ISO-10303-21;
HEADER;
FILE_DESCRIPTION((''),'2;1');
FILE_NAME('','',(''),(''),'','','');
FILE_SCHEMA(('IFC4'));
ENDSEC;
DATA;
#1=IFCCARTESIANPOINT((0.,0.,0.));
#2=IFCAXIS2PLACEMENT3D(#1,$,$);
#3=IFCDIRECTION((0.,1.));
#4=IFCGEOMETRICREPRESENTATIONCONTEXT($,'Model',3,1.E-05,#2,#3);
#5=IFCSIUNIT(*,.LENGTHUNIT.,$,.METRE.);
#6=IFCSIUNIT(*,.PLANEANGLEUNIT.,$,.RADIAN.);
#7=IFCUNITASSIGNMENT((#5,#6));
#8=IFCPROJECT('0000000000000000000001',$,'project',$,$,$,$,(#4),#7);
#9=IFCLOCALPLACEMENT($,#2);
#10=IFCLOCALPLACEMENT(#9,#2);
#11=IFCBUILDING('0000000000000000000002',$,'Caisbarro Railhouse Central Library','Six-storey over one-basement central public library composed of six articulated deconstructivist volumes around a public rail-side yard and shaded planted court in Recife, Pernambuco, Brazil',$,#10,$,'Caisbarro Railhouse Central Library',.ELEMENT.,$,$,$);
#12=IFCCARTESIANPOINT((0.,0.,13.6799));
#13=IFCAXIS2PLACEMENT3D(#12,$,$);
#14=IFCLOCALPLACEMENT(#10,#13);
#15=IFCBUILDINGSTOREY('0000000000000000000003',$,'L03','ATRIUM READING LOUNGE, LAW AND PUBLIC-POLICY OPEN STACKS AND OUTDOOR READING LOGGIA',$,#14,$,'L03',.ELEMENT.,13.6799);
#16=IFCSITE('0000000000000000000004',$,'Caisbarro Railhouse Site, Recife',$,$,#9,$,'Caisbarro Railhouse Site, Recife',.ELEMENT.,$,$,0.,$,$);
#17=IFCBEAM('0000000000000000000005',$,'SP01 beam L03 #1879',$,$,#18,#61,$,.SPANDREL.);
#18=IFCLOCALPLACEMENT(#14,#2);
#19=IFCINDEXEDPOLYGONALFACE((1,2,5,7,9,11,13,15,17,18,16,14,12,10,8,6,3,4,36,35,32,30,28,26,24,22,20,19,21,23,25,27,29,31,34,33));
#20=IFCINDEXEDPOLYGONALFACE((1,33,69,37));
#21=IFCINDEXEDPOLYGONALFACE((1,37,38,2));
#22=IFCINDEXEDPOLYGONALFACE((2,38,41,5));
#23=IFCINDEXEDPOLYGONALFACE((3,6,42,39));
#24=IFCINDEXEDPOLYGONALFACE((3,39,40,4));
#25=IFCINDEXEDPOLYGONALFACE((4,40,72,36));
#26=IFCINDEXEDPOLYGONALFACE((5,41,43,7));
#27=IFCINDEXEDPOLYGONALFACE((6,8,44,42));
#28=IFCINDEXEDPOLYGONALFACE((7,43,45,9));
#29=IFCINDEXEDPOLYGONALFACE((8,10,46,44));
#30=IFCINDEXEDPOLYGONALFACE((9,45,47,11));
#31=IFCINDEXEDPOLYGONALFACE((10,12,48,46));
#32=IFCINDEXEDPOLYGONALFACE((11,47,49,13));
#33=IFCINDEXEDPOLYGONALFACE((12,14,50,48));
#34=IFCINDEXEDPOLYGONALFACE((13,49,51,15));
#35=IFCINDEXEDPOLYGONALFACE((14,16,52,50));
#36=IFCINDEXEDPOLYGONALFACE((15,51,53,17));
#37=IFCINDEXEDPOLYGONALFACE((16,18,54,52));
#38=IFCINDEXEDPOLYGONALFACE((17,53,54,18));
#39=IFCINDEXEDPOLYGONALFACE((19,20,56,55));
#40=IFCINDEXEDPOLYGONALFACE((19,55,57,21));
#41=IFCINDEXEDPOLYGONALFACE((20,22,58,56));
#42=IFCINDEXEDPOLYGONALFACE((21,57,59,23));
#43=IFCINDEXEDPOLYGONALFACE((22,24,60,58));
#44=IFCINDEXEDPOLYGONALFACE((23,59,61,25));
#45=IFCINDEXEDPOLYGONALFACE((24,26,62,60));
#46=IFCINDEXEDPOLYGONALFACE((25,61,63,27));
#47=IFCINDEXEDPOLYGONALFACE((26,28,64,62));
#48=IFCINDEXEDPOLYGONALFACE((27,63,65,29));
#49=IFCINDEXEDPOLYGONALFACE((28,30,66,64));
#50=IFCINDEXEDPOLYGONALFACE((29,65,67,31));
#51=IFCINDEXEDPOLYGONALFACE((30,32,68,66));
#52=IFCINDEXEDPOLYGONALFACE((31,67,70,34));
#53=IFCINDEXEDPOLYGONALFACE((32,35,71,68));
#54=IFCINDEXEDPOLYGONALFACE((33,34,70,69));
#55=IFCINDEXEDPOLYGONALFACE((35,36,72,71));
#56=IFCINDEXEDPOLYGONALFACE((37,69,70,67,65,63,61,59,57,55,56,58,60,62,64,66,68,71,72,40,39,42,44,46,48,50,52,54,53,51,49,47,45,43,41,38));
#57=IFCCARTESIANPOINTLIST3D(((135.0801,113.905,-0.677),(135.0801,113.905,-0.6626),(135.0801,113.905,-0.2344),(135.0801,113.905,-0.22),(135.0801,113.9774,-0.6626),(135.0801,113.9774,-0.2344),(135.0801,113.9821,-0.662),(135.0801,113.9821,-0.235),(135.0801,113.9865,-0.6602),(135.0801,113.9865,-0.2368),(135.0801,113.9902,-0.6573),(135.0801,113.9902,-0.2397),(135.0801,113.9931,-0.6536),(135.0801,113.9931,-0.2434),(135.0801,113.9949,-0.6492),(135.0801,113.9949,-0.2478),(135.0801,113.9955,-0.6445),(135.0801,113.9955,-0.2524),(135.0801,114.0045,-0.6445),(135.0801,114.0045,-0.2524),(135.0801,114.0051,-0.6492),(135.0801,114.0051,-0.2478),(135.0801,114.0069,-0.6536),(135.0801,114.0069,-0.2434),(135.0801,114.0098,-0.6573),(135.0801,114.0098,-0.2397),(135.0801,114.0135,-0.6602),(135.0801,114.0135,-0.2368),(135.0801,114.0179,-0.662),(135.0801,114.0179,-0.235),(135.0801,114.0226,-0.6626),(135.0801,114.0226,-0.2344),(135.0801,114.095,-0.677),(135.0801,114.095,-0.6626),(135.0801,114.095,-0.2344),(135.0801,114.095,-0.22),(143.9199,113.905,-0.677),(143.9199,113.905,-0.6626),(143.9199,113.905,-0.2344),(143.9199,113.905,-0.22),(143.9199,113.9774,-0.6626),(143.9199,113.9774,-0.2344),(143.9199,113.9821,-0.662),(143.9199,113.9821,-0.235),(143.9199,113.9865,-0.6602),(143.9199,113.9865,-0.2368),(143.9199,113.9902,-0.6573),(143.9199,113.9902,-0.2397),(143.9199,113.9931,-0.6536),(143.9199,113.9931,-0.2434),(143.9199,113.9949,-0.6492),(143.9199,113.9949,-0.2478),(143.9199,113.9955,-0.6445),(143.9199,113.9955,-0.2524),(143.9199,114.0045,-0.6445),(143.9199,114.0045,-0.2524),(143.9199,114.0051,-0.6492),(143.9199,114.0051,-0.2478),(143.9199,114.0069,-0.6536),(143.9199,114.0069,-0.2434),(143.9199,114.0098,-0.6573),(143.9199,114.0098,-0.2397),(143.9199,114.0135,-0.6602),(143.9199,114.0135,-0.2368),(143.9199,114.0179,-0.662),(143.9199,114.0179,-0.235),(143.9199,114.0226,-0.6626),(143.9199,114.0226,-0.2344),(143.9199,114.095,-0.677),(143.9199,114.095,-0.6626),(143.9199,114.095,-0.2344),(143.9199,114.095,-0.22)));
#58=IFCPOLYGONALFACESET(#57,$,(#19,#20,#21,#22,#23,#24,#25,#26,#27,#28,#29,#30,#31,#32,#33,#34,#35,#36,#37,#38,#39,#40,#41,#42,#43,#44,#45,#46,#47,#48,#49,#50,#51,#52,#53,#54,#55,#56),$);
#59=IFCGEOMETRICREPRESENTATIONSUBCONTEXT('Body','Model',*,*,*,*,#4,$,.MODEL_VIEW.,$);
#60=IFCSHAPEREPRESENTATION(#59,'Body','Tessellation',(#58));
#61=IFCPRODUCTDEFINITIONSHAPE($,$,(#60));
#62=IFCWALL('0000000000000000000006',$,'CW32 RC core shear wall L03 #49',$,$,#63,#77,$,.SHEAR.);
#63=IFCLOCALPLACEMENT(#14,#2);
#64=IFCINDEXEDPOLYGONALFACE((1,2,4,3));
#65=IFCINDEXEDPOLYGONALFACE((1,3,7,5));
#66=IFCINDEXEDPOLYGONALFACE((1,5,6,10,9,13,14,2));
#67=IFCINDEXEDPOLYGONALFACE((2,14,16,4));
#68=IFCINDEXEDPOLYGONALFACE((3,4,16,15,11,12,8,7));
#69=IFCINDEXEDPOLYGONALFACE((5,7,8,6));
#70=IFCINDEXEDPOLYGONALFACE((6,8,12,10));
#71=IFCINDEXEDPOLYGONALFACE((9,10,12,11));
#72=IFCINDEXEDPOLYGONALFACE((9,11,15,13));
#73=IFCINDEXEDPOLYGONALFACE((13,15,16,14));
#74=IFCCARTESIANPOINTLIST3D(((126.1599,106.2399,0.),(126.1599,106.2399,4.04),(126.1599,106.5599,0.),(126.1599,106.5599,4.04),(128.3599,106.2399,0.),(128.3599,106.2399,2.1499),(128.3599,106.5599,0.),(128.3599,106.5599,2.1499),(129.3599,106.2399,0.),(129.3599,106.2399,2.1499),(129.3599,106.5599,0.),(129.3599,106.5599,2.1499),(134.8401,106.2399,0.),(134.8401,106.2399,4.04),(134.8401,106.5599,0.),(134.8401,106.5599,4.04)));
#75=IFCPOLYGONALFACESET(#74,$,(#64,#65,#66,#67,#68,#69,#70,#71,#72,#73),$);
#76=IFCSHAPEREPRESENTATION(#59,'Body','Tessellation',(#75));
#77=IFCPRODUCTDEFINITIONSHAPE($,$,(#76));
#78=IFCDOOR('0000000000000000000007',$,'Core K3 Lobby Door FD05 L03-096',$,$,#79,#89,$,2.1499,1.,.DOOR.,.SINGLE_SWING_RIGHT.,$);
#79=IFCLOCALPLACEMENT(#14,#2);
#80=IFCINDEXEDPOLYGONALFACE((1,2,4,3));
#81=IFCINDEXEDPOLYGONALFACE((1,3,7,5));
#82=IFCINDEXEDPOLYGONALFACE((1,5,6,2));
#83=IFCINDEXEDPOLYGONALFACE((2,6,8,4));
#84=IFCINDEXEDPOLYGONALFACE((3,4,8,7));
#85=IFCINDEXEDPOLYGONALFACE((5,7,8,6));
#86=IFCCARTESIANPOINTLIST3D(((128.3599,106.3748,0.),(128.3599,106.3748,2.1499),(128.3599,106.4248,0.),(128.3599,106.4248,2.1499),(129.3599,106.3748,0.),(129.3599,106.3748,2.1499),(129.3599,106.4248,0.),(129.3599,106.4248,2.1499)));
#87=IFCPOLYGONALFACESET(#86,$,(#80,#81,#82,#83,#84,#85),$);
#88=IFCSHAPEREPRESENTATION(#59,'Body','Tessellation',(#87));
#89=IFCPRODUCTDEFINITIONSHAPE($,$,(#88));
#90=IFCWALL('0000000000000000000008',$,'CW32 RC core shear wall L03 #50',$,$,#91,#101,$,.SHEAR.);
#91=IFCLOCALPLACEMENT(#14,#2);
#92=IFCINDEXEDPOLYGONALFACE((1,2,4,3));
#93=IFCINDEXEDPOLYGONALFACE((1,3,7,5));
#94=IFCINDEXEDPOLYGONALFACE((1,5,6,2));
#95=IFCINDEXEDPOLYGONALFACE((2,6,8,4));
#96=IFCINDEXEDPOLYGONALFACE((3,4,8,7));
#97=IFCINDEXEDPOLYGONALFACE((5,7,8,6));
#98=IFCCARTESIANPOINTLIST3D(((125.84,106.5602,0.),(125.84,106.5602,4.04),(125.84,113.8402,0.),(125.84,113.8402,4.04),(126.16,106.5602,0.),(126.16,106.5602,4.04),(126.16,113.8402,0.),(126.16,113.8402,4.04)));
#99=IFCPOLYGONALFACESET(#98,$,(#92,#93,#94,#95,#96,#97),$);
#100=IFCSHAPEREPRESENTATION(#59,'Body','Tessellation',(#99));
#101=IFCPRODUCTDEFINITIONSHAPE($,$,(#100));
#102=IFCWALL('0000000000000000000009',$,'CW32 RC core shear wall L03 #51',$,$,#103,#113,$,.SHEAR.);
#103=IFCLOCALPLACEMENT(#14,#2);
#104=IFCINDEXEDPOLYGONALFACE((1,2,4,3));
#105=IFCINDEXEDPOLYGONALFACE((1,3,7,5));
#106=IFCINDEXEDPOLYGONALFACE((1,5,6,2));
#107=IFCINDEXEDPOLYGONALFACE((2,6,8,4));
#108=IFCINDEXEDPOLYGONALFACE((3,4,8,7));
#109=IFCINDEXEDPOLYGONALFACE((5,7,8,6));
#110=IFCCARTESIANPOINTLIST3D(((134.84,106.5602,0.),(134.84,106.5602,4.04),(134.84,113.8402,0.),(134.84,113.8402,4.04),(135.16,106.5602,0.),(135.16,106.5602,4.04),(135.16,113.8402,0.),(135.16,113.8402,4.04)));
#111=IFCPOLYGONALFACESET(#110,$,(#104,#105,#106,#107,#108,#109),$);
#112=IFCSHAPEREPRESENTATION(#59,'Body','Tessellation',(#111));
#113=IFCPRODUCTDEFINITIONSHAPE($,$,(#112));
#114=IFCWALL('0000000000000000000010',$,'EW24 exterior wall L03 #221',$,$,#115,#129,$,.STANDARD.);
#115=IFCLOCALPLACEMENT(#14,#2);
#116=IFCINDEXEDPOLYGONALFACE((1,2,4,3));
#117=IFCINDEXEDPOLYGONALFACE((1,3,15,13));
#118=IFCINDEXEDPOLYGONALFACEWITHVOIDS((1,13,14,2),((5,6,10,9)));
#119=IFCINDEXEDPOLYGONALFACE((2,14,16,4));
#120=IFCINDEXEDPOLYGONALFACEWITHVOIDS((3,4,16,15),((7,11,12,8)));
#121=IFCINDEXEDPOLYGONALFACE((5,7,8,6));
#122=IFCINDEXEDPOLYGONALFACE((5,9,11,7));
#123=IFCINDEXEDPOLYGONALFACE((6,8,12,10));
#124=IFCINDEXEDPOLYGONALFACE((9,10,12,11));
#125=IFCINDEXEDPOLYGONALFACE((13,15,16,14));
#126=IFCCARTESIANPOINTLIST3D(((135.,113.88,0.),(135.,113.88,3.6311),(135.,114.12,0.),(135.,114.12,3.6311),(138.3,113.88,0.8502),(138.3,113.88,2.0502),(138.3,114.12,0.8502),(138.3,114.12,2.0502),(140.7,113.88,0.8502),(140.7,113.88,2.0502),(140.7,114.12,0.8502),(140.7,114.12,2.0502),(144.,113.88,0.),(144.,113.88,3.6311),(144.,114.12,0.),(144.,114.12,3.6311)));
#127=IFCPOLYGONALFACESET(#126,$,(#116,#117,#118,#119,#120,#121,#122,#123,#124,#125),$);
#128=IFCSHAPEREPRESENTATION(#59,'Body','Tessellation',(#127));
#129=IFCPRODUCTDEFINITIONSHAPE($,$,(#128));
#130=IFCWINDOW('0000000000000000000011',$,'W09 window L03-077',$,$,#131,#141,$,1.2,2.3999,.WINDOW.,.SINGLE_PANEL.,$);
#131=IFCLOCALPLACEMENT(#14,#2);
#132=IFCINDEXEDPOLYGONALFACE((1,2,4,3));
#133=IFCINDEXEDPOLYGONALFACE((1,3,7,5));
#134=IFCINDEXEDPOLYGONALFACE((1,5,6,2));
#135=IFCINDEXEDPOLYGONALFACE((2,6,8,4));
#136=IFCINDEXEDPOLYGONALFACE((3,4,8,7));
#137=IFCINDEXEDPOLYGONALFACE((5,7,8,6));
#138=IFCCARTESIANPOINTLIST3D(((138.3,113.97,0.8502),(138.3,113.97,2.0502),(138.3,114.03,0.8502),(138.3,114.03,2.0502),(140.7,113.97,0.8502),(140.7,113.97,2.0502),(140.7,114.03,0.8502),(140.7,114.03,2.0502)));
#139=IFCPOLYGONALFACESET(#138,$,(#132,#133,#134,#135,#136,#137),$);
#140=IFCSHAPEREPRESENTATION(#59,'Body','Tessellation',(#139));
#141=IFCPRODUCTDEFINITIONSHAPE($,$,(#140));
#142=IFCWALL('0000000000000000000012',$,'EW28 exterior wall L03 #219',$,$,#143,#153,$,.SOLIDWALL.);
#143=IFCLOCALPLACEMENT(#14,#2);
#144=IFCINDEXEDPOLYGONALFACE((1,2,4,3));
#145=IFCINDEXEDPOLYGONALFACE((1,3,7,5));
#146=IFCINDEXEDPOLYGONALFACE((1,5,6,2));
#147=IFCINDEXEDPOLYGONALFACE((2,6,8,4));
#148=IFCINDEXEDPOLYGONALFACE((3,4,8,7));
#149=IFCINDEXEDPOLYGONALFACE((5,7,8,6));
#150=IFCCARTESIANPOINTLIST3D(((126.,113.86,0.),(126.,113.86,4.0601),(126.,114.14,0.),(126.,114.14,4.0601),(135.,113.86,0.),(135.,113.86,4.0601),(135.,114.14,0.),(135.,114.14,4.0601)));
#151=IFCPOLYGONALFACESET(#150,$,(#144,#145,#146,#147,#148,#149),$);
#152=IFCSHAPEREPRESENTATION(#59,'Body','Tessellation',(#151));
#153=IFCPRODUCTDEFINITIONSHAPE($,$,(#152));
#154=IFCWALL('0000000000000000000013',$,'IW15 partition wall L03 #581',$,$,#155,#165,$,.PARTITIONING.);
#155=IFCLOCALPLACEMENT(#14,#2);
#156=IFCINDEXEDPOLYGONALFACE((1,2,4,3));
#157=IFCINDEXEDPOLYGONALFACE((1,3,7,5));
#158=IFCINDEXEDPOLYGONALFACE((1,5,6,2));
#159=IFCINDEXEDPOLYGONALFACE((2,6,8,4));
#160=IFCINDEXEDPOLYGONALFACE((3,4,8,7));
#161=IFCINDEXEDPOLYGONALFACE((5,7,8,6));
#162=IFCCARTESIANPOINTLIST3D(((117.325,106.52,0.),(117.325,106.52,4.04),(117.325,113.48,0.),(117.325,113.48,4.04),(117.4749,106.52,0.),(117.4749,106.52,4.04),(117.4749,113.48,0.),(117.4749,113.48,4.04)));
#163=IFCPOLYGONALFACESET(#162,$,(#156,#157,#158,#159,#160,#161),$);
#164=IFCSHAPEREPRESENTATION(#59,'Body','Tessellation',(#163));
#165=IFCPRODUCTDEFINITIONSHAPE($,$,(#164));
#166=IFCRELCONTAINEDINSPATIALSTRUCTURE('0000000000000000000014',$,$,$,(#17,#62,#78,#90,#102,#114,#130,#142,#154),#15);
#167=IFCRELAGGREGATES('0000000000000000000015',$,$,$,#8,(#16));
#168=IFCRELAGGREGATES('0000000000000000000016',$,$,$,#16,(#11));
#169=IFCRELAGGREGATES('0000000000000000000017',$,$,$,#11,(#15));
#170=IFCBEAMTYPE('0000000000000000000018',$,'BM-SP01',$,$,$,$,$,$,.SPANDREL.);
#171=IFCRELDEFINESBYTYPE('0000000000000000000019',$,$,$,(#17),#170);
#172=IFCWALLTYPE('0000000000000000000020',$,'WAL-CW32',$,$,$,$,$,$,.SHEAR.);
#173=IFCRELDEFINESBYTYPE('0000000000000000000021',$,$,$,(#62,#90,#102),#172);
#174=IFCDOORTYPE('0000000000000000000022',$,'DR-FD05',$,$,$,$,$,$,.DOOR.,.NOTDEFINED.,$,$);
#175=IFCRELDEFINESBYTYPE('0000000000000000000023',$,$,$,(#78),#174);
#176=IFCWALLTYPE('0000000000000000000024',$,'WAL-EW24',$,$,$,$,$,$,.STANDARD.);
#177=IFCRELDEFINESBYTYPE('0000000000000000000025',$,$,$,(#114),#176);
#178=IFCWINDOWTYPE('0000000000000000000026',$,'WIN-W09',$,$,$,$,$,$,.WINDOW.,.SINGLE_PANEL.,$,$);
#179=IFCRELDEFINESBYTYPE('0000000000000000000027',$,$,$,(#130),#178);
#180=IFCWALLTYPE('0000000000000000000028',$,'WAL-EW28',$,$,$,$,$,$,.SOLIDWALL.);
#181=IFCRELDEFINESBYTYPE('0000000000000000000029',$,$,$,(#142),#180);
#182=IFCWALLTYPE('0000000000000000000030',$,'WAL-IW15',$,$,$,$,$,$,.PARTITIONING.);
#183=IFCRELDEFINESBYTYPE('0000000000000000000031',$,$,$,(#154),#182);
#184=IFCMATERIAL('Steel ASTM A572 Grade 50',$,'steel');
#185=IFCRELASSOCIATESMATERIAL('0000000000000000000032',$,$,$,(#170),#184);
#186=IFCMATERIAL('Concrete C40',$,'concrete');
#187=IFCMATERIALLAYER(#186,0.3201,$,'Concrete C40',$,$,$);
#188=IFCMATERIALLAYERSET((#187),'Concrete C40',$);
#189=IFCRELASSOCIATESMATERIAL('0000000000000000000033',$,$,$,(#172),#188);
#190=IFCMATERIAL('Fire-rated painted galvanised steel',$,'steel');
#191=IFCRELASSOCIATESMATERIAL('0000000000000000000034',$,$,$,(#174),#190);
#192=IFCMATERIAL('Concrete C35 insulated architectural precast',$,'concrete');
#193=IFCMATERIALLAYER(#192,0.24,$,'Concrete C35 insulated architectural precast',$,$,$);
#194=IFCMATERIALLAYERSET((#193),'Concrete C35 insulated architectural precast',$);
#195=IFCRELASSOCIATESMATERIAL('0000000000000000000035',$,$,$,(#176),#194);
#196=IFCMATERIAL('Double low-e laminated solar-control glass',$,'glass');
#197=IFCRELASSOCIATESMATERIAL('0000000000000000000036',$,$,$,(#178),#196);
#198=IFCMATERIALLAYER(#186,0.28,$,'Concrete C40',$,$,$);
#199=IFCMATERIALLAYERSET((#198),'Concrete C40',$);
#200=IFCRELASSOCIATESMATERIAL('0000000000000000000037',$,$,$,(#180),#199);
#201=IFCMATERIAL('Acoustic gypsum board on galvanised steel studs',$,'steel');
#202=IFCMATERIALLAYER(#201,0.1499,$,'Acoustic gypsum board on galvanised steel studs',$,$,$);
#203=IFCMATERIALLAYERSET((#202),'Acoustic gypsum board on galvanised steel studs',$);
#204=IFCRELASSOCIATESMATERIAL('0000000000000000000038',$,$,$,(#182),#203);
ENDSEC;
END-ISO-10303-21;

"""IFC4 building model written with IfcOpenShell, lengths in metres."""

from ifc_helpers import new_model, si_unit, direction, frame, frame_2d, origin, origin_2d, place, context, subcontext, project, spatial, rectangle, i_section, extrude, material, layer, layer_set, material_profile, profile_set, type_object, element, fill, save


model = new_model("IFC4")

# Units and contexts
model_context = context("Model", 3, precision=1e-05, world=origin(), true_north=direction((0.0, 1.0)))
body_context = subcontext(model_context, "Body", "Model", "MODEL_VIEW")
ifc_project = project(units=[si_unit("LENGTHUNIT", "METRE"), si_unit("PLANEANGLEUNIT", "RADIAN")], contexts=[model_context])

# Site, building, storey
site_placement = place(None, origin())
site = spatial("IfcSite", under=ifc_project, at=site_placement, Name="Caisbarro Railhouse Site, Recife", LongName="Caisbarro Railhouse Site, Recife", CompositionType="ELEMENT", RefElevation=0.0)
building_placement = place(site_placement, origin())
building = spatial("IfcBuilding", under=site, at=building_placement, Name="Caisbarro Railhouse Central Library", Description="Six-storey over one-basement central public library composed of six articulated deconstructivist volumes around a public rail-side yard and shaded planted court in Recife, Pernambuco, Brazil", LongName="Caisbarro Railhouse Central Library", CompositionType="ELEMENT")
storey_placement = place(building_placement, frame((0.0, 0.0, 13.6799)))
storey = spatial("IfcBuildingStorey", under=building, at=storey_placement, Name="L03", Description="ATRIUM READING LOUNGE, LAW AND PUBLIC-POLICY OPEN STACKS AND OUTDOOR READING LOGGIA", LongName="L03", CompositionType="ELEMENT", Elevation=13.6799)

# Shared definitions
ifc_material_1 = material(Name="Steel ASTM A572 Grade 50", Category="steel")

# Beam
ifc_material_profile_1 = material_profile(ifc_material_1, i_section(OverallWidth=0.1899, OverallDepth=0.457, WebThickness=0.009, FlangeThickness=0.0144, FilletRadius=0.0181, at=origin_2d()), Name="W460X74.0")
ifc_profile_set_1 = profile_set([ifc_material_profile_1], Name="Steel ASTM A572 Grade 50")
beam_type_1 = type_object("IfcBeamType", Name="BM-SP01", PredefinedType="SPANDREL", material=ifc_profile_set_1)
for number, where, z_axis, x_axis, name in (
    (1, (135.0801, 114.0, -0.4485), (1.0, 0.0, 0.0), (0.0, 1.0, 0.0), "SP01 beam L03 #1879"),
):
    element("IfcBeam", number, at=place(storey_placement, frame(where, z_axis=z_axis, x_axis=x_axis)), inside=storey, type_object=beam_type_1, Name=name, PredefinedType="SPANDREL", context=body_context, shape_type="SweptSolid", body=[
        extrude(i_section(OverallWidth=0.1899, OverallDepth=0.457, WebThickness=0.009, FlangeThickness=0.0144, FilletRadius=0.0181, at=origin_2d()), origin(), (0.0, 0.0, 1.0), 8.8398),
    ])

# Wall, opening, door
ifc_material_2 = material(Name="Concrete C40", Category="concrete")
ifc_layer_1 = layer(ifc_material_2, 0.3201, Name="Concrete C40")
ifc_layer_set_1 = layer_set([ifc_layer_1], Name="Concrete C40")
wall_type_1 = type_object("IfcWallType", Name="WAL-CW32", PredefinedType="SHEAR", material=ifc_layer_set_1)
wall_1_placement = place(storey_placement, frame((126.1599, 106.3999, 0.0), z_axis=(0.0, 0.0, 1.0), x_axis=(1.0, 0.0, 0.0)))
wall_1 = element("IfcWall", 2, at=wall_1_placement, inside=storey, type_object=wall_type_1, Name="CW32 RC core shear wall L03 #49", PredefinedType="SHEAR", context=body_context, shape_type="SweptSolid", body=[
    extrude(rectangle(XDim=8.6802, YDim=0.3201, at=frame_2d((4.3401, 0.0))), origin(), (0.0, 0.0, 1.0), 4.04),
])
opening_1_placement = place(wall_1_placement, frame((2.2, 0.0, 0.0)))
opening_1 = element("IfcOpeningElement", 3, at=opening_1_placement, cuts=wall_1, PredefinedType="OPENING", context=body_context, shape_type="SweptSolid", body=[
    extrude(rectangle(XDim=1.0, YDim=2.1499, at=frame_2d((0.5, 1.075))), frame((0.0, 0.1699, 0.0), z_axis=(0.0, -1.0, 0.0), x_axis=(1.0, 0.0, 0.0)), (0.0, 0.0, 1.0), 0.3401),
])
ifc_material_3 = material(Name="Fire-rated painted galvanised steel", Category="steel")
door_type_1 = type_object("IfcDoorType", Name="DR-FD05", OperationType="NOTDEFINED", PredefinedType="DOOR", material=ifc_material_3)
door_1_placement = place(opening_1_placement, origin())
door_1 = element("IfcDoor", 4, at=door_1_placement, inside=storey, type_object=door_type_1, Name="Core K3 Lobby Door FD05 L03-096", OperationType="SINGLE_SWING_RIGHT", OverallHeight=2.1499, OverallWidth=1.0, PredefinedType="DOOR", context=body_context, shape_type="SweptSolid", body=[
    extrude(rectangle(XDim=1.0, YDim=2.1499, at=frame_2d((0.5, 1.075))), frame((0.0, 0.0249, 0.0), z_axis=(0.0, -1.0, 0.0), x_axis=(1.0, 0.0, 0.0)), (0.0, 0.0, 1.0), 0.05),
])
fill(opening_1, door_1)

# Walls
for number, where, z_axis, x_axis, name in (
    (5, (126.0, 106.5601, 0.0), (0.0, 0.0, 1.0), (0.0, 1.0, 0.0), "CW32 RC core shear wall L03 #50"),
    (6, (135.0, 106.5601, 0.0), (0.0, 0.0, 1.0), (0.0, 1.0, 0.0), "CW32 RC core shear wall L03 #51"),
):
    element("IfcWall", number, at=place(storey_placement, frame(where, z_axis=z_axis, x_axis=x_axis)), inside=storey, type_object=wall_type_1, Name=name, PredefinedType="SHEAR", context=body_context, shape_type="SweptSolid", body=[
        extrude(rectangle(XDim=7.28, YDim=0.3201, at=frame_2d((3.6401, 0.0))), origin(), (0.0, 0.0, 1.0), 4.04),
    ])

# Wall, opening, window
ifc_material_4 = material(Name="Concrete C35 insulated architectural precast", Category="concrete")
ifc_layer_2 = layer(ifc_material_4, 0.24, Name="Concrete C35 insulated architectural precast")
ifc_layer_set_2 = layer_set([ifc_layer_2], Name="Concrete C35 insulated architectural precast")
wall_type_2 = type_object("IfcWallType", Name="WAL-EW24", PredefinedType="STANDARD", material=ifc_layer_set_2)
wall_2_placement = place(storey_placement, frame((135.0, 114.0, 0.0), z_axis=(0.0, 0.0, 1.0), x_axis=(1.0, 0.0, 0.0)))
wall_2 = element("IfcWall", 7, at=wall_2_placement, inside=storey, type_object=wall_type_2, Name="EW24 exterior wall L03 #221", PredefinedType="STANDARD", context=body_context, shape_type="SweptSolid", body=[
    extrude(rectangle(XDim=9.0, YDim=0.24, at=frame_2d((4.5, 0.0))), origin(), (0.0, 0.0, 1.0), 3.6311),
])
opening_2_placement = place(wall_2_placement, frame((3.3, 0.0, 0.8501)))
opening_2 = element("IfcOpeningElement", 8, at=opening_2_placement, cuts=wall_2, PredefinedType="OPENING", context=body_context, shape_type="SweptSolid", body=[
    extrude(rectangle(XDim=2.3999, YDim=1.2, at=frame_2d((1.2, 0.6001))), frame((0.0, 0.1299, 0.0), z_axis=(0.0, -1.0, 0.0), x_axis=(1.0, 0.0, 0.0)), (0.0, 0.0, 1.0), 0.26),
])
ifc_material_5 = material(Name="Double low-e laminated solar-control glass", Category="glass")
window_type = type_object("IfcWindowType", Name="WIN-W09", PartitioningType="SINGLE_PANEL", PredefinedType="WINDOW", material=ifc_material_5)
window_placement = place(opening_2_placement, origin())
window = element("IfcWindow", 9, at=window_placement, inside=storey, type_object=window_type, Name="W09 window L03-077", OverallHeight=1.2, OverallWidth=2.3999, PartitioningType="SINGLE_PANEL", PredefinedType="WINDOW", context=body_context, shape_type="SweptSolid", body=[
    extrude(rectangle(XDim=2.3999, YDim=1.2, at=frame_2d((1.2, 0.6001))), frame((0.0, 0.03, 0.0), z_axis=(0.0, -1.0, 0.0), x_axis=(1.0, 0.0, 0.0)), (0.0, 0.0, 1.0), 0.0601),
])
fill(opening_2, window)

# Walls
ifc_layer_3 = layer(ifc_material_2, 0.28, Name="Concrete C40")
ifc_layer_set_3 = layer_set([ifc_layer_3], Name="Concrete C40")
wall_type_3 = type_object("IfcWallType", Name="WAL-EW28", PredefinedType="SOLIDWALL", material=ifc_layer_set_3)
wall_3_placement = place(storey_placement, frame((126.0, 114.0, 0.0), z_axis=(0.0, 0.0, 1.0), x_axis=(1.0, 0.0, 0.0)))
element("IfcWall", 10, at=wall_3_placement, inside=storey, type_object=wall_type_3, Name="EW28 exterior wall L03 #219", PredefinedType="SOLIDWALL", context=body_context, shape_type="SweptSolid", body=[
    extrude(rectangle(XDim=9.0, YDim=0.28, at=frame_2d((4.5, 0.0))), origin(), (0.0, 0.0, 1.0), 4.0601),
])
ifc_material_6 = material(Name="Acoustic gypsum board on galvanised steel studs", Category="steel")
ifc_layer_4 = layer(ifc_material_6, 0.1499, Name="Acoustic gypsum board on galvanised steel studs")
ifc_layer_set_4 = layer_set([ifc_layer_4], Name="Acoustic gypsum board on galvanised steel studs")
wall_type_4 = type_object("IfcWallType", Name="WAL-IW15", PredefinedType="PARTITIONING", material=ifc_layer_set_4)
wall_4_placement = place(storey_placement, frame((117.3999, 106.52, 0.0), z_axis=(0.0, 0.0, 1.0), x_axis=(0.0, 1.0, 0.0)))
element("IfcWall", 11, at=wall_4_placement, inside=storey, type_object=wall_type_4, Name="IW15 partition wall L03 #581", PredefinedType="PARTITIONING", context=body_context, shape_type="SweptSolid", body=[
    extrude(rectangle(XDim=6.96, YDim=0.1499, at=frame_2d((3.48, 0.0))), origin(), (0.0, 0.0, 1.0), 4.04),
])

save(model, "model.ifc")
